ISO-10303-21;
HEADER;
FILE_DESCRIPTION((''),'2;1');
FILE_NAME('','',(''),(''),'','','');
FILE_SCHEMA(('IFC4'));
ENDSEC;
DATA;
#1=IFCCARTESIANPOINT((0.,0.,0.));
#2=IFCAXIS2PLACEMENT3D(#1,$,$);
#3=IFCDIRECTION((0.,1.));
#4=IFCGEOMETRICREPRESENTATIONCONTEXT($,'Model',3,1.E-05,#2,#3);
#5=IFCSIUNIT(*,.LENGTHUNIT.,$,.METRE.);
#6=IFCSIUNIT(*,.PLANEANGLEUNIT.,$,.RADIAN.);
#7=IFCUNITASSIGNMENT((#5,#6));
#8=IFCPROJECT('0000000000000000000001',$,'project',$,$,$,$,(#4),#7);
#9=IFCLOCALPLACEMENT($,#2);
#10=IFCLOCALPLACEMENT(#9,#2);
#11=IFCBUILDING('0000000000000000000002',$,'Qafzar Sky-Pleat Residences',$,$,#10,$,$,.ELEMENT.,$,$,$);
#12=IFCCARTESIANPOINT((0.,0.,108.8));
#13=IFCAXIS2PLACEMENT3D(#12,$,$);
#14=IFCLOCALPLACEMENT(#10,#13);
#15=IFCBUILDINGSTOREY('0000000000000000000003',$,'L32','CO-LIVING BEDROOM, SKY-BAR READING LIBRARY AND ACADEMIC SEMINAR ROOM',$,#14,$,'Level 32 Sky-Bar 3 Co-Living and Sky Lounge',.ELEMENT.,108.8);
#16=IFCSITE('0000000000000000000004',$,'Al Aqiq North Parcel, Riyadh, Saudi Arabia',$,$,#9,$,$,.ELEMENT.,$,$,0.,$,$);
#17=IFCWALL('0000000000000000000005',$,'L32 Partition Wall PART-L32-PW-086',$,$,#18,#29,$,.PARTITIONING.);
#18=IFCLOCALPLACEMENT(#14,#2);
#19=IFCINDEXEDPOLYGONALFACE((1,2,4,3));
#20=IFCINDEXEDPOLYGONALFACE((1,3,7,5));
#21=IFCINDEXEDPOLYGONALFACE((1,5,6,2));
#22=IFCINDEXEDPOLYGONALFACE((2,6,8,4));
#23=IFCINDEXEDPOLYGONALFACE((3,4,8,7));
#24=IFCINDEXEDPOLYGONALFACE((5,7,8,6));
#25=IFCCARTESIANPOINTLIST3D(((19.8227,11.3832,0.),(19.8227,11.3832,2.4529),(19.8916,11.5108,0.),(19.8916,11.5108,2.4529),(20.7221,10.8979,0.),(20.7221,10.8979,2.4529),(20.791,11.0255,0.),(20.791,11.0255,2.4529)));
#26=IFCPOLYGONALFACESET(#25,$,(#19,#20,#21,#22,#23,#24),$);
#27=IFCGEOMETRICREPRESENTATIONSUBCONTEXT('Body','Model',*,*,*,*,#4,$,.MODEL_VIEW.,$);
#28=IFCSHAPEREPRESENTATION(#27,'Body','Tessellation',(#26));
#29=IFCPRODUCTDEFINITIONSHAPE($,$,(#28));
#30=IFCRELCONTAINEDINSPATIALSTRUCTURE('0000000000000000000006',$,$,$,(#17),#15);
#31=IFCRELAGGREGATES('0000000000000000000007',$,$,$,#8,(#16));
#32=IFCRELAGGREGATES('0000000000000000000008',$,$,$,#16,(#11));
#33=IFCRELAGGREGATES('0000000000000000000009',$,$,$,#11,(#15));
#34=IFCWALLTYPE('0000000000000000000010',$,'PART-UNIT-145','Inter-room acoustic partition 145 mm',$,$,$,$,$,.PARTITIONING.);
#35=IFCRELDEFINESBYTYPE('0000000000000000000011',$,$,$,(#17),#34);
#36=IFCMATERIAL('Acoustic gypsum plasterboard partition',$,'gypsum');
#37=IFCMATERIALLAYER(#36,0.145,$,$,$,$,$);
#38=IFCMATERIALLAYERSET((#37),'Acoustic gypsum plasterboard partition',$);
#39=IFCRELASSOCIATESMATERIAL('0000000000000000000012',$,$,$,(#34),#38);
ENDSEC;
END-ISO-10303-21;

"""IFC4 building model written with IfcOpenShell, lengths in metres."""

from ifc_helpers import new_model, si_unit, direction, frame, frame_2d, origin, place, context, subcontext, project, spatial, rectangle, extrude, material, layer, layer_set, type_object, element, save


model = new_model("IFC4")

# Units and contexts
model_context = context("Model", 3, precision=1e-05, world=origin(), true_north=direction((0.0, 1.0)))
body_context = subcontext(model_context, "Body", "Model", "MODEL_VIEW")
ifc_project = project(units=[si_unit("LENGTHUNIT", "METRE"), si_unit("PLANEANGLEUNIT", "RADIAN")], contexts=[model_context])

# Site, building, storey
site_placement = place(None, origin())
site = spatial("IfcSite", under=ifc_project, at=site_placement, Name="Al Aqiq North Parcel, Riyadh, Saudi Arabia", CompositionType="ELEMENT", RefElevation=0.0)
building_placement = place(site_placement, origin())
building = spatial("IfcBuilding", under=site, at=building_placement, Name="Qafzar Sky-Pleat Residences", CompositionType="ELEMENT")
storey_placement = place(building_placement, frame((0.0, 0.0, 108.8)))
storey = spatial("IfcBuildingStorey", under=building, at=storey_placement, Name="L32", Description="CO-LIVING BEDROOM, SKY-BAR READING LIBRARY AND ACADEMIC SEMINAR ROOM", LongName="Level 32 Sky-Bar 3 Co-Living and Sky Lounge", CompositionType="ELEMENT", Elevation=108.8)

# Wall
ifc_material_1 = material(Name="Acoustic gypsum plasterboard partition", Category="gypsum")
ifc_layer_1 = layer(ifc_material_1, 0.145)
ifc_layer_set_1 = layer_set([ifc_layer_1], Name="Acoustic gypsum plasterboard partition")
wall_type = type_object("IfcWallType", Name="PART-UNIT-145", Description="Inter-room acoustic partition 145 mm", PredefinedType="PARTITIONING", material=ifc_layer_set_1)
wall_1_placement = place(storey_placement, frame((19.8572, 11.447, 0.0), z_axis=(0.0, 0.0, 1.0), x_axis=(0.880041, -0.474897, 0.0)))
element("IfcWall", 1, at=wall_1_placement, inside=storey, type_object=wall_type, Name="L32 Partition Wall PART-L32-PW-086", PredefinedType="PARTITIONING", context=body_context, shape_type="SweptSolid", body=[
    extrude(rectangle(XDim=1.022, YDim=0.145, at=frame_2d((0.511, 0.0))), origin(), (0.0, 0.0, 1.0), 2.4529),
])

save(model, "model.ifc")
